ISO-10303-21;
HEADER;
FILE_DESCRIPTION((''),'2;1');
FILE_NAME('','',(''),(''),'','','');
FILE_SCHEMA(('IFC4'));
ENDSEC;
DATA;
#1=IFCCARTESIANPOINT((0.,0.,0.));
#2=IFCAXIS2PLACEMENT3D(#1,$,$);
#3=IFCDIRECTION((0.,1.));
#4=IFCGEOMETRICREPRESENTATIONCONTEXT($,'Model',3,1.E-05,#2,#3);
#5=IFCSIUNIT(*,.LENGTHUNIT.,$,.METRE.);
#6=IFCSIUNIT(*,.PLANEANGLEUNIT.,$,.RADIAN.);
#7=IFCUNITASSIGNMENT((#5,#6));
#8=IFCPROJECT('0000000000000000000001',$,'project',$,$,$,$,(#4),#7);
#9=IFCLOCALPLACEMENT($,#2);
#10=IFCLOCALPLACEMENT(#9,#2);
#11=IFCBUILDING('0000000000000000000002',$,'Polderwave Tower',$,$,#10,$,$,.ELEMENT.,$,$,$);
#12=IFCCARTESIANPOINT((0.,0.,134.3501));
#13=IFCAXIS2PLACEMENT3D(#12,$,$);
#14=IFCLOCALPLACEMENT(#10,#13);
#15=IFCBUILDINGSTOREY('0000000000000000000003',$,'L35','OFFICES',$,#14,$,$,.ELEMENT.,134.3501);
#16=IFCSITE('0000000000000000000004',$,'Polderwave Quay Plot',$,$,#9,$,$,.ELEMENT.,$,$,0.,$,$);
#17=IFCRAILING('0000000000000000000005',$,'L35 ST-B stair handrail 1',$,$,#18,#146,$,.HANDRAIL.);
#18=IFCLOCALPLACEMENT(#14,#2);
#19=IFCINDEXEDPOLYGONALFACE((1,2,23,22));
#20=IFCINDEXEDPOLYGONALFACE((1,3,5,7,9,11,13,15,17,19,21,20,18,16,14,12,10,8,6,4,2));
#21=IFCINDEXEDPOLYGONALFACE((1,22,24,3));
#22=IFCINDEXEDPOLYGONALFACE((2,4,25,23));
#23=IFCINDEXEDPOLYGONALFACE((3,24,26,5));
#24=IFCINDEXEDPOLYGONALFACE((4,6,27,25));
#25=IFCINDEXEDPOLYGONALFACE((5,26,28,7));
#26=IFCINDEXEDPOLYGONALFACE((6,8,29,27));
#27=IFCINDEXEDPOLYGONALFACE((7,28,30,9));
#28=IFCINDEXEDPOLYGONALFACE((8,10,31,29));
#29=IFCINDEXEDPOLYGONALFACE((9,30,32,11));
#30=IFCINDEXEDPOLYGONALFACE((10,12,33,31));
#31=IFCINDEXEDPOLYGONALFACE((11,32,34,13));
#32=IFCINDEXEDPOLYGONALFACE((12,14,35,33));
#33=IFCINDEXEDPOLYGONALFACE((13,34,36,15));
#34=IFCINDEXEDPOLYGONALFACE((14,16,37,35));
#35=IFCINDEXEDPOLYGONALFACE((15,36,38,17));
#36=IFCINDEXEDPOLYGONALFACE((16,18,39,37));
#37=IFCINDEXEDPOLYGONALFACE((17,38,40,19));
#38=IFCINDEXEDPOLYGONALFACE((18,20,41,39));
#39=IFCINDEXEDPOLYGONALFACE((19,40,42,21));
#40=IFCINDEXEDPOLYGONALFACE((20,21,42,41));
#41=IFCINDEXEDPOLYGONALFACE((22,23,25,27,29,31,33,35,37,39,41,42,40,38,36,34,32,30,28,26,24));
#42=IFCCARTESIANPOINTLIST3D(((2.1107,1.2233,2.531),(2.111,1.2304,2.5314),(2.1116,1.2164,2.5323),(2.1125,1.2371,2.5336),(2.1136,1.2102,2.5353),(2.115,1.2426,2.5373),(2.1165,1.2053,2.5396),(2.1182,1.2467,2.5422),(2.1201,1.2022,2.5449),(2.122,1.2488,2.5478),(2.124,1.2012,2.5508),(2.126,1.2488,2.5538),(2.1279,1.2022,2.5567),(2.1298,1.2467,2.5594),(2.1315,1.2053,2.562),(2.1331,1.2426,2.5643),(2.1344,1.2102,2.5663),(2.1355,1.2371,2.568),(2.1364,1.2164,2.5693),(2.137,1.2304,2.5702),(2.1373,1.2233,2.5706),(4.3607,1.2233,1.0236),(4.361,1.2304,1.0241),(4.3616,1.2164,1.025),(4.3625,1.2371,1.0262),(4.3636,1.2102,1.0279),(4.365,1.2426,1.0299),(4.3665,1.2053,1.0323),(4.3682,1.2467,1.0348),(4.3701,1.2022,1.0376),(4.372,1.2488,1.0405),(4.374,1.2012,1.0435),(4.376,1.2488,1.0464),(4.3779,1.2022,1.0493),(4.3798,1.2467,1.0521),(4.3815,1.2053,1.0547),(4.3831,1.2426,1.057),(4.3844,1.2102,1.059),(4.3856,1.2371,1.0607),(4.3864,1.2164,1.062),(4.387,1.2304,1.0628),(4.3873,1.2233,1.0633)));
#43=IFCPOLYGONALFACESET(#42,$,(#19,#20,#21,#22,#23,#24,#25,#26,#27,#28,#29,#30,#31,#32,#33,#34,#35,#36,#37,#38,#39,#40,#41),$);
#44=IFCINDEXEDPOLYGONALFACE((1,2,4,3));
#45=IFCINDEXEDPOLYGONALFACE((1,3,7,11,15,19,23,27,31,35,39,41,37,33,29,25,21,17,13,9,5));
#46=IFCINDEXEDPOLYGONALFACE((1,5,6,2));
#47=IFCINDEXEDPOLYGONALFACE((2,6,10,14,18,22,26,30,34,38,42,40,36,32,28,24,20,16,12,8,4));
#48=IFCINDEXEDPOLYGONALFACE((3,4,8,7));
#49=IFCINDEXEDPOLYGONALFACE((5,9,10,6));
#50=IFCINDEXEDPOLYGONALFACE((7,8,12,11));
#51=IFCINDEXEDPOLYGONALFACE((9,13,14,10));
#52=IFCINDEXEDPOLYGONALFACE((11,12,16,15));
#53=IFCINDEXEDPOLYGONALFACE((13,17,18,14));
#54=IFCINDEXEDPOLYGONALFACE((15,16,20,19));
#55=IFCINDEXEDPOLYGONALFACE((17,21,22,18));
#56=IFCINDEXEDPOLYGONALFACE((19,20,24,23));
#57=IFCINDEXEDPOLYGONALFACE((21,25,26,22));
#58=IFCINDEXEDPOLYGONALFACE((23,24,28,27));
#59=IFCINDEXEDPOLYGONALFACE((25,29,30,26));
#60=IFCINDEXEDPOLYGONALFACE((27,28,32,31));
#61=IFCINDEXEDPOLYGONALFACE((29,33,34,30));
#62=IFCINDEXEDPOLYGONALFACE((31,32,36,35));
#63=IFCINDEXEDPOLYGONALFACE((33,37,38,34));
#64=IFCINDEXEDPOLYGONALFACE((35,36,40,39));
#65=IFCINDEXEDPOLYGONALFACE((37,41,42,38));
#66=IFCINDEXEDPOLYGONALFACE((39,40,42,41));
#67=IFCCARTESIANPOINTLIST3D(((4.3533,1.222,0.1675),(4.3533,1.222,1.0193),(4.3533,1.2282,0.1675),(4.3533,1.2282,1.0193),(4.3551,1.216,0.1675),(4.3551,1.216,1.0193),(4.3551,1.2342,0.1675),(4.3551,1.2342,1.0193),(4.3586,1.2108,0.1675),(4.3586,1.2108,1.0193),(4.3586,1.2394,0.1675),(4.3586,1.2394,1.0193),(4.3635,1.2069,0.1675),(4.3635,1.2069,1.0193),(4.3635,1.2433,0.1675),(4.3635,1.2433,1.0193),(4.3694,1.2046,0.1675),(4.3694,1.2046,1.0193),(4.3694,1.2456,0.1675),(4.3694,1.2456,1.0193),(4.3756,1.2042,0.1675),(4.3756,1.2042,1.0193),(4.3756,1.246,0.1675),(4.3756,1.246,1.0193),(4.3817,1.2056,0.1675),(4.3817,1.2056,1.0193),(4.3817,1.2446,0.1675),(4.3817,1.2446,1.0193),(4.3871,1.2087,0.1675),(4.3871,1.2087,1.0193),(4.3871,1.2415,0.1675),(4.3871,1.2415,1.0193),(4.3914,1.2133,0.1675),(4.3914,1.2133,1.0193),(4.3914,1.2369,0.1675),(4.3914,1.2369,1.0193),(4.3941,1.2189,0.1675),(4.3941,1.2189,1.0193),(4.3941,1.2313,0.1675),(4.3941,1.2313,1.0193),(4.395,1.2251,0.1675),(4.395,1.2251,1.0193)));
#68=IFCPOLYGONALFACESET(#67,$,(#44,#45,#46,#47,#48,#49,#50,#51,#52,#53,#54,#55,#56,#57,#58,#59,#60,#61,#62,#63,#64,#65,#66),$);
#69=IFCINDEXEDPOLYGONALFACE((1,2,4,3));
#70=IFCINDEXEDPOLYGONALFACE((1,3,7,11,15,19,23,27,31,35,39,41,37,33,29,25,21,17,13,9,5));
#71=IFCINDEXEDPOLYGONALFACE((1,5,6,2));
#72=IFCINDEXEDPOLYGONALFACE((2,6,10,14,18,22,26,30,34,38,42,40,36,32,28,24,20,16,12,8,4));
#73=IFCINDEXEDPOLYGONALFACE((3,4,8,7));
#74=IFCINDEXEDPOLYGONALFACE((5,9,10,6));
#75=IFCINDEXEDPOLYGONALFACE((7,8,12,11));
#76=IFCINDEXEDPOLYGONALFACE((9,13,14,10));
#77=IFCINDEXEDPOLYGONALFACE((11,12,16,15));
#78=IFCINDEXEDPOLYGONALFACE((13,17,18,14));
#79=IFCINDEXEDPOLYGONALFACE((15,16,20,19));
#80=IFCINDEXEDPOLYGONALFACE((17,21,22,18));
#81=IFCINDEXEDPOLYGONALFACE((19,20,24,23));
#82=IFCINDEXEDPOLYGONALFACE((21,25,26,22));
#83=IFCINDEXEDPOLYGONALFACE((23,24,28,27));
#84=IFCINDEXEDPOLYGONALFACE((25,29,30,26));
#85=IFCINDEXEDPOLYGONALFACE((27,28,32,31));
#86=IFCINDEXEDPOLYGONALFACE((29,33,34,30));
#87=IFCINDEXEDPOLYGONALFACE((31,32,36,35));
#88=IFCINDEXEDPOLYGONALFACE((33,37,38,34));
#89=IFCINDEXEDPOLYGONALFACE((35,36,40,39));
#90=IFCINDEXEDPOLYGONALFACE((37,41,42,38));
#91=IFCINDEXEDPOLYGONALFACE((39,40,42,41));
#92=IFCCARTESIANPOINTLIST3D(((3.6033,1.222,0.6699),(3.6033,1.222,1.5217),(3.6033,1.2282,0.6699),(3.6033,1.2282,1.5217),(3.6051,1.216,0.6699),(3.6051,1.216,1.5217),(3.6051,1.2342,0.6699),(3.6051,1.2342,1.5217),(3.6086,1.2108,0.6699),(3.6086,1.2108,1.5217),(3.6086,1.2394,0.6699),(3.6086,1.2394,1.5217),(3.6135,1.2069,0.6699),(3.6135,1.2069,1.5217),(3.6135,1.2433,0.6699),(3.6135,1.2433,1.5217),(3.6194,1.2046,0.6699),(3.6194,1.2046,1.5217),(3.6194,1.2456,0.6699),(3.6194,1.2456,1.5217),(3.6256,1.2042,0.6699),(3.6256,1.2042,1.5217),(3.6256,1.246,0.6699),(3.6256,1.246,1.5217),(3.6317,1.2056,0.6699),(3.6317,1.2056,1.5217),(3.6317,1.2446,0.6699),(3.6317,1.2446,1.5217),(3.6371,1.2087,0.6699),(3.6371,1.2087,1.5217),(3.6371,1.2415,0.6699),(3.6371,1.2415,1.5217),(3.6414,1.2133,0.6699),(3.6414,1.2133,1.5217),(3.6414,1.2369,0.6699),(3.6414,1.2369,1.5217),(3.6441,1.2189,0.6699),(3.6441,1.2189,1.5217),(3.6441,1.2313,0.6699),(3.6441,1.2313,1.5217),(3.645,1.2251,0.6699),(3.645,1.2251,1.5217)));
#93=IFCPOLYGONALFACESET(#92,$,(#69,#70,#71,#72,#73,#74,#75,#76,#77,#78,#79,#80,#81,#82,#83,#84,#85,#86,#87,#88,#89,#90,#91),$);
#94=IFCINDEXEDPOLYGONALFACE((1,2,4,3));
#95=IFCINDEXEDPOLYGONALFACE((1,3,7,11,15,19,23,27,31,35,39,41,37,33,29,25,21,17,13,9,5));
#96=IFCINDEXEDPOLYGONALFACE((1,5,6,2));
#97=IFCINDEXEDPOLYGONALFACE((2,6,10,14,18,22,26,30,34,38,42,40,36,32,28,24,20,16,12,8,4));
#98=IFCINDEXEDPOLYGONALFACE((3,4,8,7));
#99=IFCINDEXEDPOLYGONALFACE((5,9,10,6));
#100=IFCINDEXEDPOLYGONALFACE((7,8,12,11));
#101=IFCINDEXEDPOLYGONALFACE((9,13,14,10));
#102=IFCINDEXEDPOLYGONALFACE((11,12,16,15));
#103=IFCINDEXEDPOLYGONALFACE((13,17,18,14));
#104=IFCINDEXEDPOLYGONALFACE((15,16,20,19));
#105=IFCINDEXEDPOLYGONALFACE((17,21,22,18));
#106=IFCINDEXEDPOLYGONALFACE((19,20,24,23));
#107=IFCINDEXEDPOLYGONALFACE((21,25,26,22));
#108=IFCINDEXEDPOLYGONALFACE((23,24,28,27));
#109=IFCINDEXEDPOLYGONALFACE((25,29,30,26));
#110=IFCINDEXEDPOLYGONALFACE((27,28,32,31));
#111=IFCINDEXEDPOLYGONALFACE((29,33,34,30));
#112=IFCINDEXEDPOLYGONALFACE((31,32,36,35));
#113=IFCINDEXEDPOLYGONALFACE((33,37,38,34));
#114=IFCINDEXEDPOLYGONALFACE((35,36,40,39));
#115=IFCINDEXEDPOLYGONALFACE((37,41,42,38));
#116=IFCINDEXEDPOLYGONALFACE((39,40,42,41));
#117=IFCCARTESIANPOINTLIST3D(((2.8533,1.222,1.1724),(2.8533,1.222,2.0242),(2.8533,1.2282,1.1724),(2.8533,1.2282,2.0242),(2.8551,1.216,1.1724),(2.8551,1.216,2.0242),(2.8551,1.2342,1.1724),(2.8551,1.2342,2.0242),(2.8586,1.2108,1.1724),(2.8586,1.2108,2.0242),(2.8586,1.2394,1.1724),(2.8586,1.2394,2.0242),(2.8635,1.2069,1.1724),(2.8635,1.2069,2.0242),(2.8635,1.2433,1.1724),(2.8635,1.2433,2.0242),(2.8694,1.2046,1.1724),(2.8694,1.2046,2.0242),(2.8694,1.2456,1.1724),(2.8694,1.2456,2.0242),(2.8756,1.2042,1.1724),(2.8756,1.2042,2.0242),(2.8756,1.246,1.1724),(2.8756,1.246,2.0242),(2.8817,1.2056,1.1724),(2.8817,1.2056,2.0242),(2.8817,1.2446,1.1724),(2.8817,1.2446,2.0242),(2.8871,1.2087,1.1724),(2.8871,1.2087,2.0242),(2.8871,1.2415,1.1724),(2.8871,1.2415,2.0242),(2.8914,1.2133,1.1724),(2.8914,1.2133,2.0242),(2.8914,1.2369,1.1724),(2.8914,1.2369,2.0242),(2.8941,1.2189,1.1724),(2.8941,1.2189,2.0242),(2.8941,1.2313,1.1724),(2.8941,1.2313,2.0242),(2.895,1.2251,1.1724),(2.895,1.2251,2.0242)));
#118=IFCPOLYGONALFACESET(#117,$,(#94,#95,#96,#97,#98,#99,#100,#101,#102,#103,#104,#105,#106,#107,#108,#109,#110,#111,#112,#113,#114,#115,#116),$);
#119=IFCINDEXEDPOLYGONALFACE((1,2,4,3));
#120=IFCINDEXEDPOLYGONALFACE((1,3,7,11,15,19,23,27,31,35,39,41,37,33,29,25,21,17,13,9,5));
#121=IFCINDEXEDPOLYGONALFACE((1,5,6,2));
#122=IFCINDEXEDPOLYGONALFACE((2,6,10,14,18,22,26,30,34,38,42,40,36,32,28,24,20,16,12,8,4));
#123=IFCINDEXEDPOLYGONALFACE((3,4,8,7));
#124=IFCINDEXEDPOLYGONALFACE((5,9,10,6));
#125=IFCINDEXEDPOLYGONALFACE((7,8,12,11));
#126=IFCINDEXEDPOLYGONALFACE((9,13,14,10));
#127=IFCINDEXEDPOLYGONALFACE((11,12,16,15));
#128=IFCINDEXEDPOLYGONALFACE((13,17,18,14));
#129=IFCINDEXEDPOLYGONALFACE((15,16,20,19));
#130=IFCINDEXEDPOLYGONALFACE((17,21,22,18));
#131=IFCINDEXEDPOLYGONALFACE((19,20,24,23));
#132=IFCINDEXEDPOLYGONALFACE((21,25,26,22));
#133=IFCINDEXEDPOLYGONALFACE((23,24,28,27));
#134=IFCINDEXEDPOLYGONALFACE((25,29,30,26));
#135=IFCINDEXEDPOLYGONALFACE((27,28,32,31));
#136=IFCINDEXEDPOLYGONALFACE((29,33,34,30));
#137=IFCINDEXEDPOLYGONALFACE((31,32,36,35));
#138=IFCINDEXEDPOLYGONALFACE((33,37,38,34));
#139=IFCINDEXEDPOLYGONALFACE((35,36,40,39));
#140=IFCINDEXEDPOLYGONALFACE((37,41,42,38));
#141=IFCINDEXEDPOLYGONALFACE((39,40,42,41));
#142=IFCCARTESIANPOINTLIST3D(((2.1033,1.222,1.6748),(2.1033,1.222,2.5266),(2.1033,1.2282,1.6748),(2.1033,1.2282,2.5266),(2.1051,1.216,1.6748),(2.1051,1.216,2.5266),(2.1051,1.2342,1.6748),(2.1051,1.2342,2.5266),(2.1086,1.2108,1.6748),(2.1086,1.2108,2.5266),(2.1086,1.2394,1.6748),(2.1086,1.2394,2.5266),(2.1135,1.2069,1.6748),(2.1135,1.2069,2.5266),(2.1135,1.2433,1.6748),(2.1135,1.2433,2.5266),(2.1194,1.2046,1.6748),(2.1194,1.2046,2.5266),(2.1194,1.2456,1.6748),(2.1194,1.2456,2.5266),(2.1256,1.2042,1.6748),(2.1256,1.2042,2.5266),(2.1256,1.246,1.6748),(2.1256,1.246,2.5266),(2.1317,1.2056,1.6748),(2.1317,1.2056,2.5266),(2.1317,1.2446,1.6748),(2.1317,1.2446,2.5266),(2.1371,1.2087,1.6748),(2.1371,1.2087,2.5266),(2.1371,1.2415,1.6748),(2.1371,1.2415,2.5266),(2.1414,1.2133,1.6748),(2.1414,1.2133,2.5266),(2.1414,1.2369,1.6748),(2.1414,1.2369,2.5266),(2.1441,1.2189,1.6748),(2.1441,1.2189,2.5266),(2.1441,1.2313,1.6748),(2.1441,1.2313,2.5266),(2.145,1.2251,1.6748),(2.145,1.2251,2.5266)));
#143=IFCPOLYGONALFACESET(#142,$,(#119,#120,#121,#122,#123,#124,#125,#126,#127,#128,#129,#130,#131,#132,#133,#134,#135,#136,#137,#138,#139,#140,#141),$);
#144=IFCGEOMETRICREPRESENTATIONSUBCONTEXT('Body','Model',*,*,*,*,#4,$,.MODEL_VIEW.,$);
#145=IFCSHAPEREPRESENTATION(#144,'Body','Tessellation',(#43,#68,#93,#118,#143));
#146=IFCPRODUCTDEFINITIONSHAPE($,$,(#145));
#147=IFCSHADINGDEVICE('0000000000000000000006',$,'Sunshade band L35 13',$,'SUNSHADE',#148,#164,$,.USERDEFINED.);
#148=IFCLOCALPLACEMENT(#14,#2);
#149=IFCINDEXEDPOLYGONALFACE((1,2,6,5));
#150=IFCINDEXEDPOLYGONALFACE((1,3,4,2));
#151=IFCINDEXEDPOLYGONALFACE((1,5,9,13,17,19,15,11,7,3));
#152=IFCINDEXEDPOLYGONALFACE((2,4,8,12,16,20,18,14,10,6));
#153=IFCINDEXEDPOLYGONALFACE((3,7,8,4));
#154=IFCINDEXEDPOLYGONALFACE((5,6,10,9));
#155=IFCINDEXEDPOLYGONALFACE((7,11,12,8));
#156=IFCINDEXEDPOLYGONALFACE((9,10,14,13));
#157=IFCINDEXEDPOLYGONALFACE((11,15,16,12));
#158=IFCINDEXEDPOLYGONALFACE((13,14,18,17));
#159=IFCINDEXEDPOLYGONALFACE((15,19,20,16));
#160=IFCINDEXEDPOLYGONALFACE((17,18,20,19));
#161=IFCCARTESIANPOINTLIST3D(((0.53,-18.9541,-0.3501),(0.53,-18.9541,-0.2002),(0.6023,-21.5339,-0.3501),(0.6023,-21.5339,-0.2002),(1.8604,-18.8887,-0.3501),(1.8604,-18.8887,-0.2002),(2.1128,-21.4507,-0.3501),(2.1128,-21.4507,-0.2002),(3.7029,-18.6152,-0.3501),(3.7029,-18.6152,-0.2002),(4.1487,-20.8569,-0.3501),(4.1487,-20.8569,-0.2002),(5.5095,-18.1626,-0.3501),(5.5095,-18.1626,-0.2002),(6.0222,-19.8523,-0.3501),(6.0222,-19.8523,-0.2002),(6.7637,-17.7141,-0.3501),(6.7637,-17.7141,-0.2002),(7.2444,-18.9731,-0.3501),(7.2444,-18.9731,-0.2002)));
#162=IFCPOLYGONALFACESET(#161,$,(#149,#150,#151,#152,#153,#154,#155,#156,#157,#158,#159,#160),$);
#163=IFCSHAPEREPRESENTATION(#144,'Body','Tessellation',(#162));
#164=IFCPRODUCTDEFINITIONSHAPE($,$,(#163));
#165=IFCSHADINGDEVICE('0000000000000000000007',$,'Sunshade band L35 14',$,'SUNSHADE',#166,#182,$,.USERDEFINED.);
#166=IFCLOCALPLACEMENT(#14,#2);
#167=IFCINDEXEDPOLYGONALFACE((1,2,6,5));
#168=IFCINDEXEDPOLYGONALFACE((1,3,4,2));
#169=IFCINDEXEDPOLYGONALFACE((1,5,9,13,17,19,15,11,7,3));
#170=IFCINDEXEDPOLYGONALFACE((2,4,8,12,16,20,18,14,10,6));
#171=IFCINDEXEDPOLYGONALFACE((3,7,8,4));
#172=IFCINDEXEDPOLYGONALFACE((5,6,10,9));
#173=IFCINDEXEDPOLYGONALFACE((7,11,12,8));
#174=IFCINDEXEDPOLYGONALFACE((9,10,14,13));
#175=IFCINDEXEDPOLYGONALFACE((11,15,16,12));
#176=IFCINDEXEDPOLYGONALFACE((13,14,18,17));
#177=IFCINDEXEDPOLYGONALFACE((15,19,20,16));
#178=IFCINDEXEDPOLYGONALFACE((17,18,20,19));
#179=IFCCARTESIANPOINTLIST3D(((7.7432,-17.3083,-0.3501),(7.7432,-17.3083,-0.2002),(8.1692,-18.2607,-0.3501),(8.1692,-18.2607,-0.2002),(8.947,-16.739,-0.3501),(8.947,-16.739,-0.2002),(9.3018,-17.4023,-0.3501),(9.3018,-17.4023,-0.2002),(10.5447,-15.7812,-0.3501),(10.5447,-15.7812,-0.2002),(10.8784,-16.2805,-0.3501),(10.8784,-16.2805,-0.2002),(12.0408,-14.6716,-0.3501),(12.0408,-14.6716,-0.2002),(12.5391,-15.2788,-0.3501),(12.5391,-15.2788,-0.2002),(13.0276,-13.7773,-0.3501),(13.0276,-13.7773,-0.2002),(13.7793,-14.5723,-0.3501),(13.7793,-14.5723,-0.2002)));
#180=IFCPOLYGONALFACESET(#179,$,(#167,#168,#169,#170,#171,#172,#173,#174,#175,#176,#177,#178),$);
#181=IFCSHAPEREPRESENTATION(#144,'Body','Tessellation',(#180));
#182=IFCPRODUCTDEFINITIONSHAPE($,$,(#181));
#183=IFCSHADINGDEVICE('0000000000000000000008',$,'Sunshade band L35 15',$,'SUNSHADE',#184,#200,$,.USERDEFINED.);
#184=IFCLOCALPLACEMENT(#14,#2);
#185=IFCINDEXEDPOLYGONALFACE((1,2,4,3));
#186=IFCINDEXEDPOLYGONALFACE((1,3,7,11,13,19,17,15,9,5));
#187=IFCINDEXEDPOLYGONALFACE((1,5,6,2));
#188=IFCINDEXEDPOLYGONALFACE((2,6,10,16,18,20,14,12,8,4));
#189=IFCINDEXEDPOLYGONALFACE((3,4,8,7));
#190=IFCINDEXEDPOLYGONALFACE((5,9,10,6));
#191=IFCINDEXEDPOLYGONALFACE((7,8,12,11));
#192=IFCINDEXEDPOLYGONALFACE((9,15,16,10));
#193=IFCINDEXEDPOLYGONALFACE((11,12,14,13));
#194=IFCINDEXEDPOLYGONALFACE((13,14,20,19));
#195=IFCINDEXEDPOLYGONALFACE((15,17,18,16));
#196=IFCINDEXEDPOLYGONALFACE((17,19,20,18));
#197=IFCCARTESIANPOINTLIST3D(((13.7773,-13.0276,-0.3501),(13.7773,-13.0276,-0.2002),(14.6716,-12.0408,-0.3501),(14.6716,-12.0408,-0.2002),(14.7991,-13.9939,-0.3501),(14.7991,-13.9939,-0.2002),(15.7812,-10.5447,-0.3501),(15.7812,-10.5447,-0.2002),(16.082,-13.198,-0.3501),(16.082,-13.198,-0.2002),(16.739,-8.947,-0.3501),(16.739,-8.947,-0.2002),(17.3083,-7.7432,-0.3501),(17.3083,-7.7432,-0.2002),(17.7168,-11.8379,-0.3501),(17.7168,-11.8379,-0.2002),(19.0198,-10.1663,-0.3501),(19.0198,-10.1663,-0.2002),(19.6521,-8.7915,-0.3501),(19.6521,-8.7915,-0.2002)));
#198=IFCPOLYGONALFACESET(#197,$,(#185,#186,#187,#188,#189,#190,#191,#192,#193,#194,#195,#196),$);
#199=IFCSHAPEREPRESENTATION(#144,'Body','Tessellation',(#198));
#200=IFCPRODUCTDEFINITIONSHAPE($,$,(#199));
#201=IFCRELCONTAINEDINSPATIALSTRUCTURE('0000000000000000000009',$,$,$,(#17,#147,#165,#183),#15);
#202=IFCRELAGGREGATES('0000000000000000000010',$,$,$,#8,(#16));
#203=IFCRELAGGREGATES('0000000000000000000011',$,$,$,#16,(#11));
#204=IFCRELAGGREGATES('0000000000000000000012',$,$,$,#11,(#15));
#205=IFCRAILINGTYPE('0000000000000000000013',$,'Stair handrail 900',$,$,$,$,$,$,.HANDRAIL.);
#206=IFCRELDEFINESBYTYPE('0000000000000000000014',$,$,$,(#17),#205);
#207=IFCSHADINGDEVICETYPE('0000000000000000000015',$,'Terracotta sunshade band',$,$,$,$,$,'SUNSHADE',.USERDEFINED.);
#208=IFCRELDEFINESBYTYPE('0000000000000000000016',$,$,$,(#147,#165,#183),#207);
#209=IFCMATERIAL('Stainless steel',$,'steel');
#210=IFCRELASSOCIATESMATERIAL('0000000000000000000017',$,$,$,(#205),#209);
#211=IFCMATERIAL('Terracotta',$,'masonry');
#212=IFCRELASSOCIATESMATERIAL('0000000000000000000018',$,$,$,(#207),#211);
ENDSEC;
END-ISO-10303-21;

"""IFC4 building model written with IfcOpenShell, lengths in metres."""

from ifc_helpers import new_model, si_unit, direction, frame, origin, origin_2d, place, context, subcontext, project, spatial, polyline, circle, outline, extrude, material, type_object, element, save


model = new_model("IFC4")

# Units and contexts
model_context = context("Model", 3, precision=1e-05, world=origin(), true_north=direction((0.0, 1.0)))
body_context = subcontext(model_context, "Body", "Model", "MODEL_VIEW")
ifc_project = project(units=[si_unit("LENGTHUNIT", "METRE"), si_unit("PLANEANGLEUNIT", "RADIAN")], contexts=[model_context])

# Site, building, storey
site_placement = place(None, origin())
site = spatial("IfcSite", under=ifc_project, at=site_placement, Name="Polderwave Quay Plot", CompositionType="ELEMENT", RefElevation=0.0)
building_placement = place(site_placement, origin())
building = spatial("IfcBuilding", under=site, at=building_placement, Name="Polderwave Tower", CompositionType="ELEMENT")
storey_placement = place(building_placement, frame((0.0, 0.0, 134.3501)))
storey = spatial("IfcBuildingStorey", under=building, at=storey_placement, Name="L35", Description="OFFICES", CompositionType="ELEMENT", Elevation=134.3501)

# Shared definitions
ifc_material_1 = material(Name="Stainless steel", Category="steel")

# Railing
railing_type_1 = type_object("IfcRailingType", Name="Stair handrail 900", PredefinedType="HANDRAIL", material=ifc_material_1)
railing_1_placement = place(storey_placement, frame((4.374, 1.2251, 0.1675)))
element("IfcRailing", 1, at=railing_1_placement, inside=storey, type_object=railing_type_1, Name="L35 ST-B stair handrail 1", PredefinedType="HANDRAIL", context=body_context, shape_type="SweptSolid", body=[
    extrude(circle(Radius=0.0239, at=origin_2d()), frame((0.0, 0.0, 0.876), z_axis=(-0.8308, 0.0, 0.556571), x_axis=(0.0, -1.0, 0.0)), (0.0, 0.0, 1.0), 2.7083),
    extrude(circle(Radius=0.021, at=origin_2d()), origin(), (0.0, 0.0, 1.0), 0.8518),
    extrude(circle(Radius=0.021, at=origin_2d()), frame((-0.75, 0.0, 0.5024)), (0.0, 0.0, 1.0), 0.8518),
    extrude(circle(Radius=0.021, at=origin_2d()), frame((-1.5, 0.0, 1.0049)), (0.0, 0.0, 1.0), 0.8518),
    extrude(circle(Radius=0.021, at=origin_2d()), frame((-2.25, 0.0, 1.5073)), (0.0, 0.0, 1.0), 0.8518),
])

# Shading devices
ifc_material_2 = material(Name="Terracotta", Category="masonry")
shading_device_type = type_object("IfcShadingDeviceType", Name="Terracotta sunshade band", ElementType="SUNSHADE", PredefinedType="USERDEFINED", material=ifc_material_2)
shading_device_1_placement = place(storey_placement, frame((0.0, 0.0, -0.3501)))
element("IfcShadingDevice", 2, at=shading_device_1_placement, inside=storey, type_object=shading_device_type, Name="Sunshade band L35 13", ObjectType="SUNSHADE", PredefinedType="USERDEFINED", context=body_context, shape_type="SweptSolid", body=[
    extrude(outline(polyline([(0.53, -18.9541), (1.8604, -18.8887), (3.7029, -18.6152), (5.5095, -18.1626), (6.7637, -17.7141), (7.2444, -18.9731), (6.0222, -19.8523), (4.1487, -20.8569), (2.1128, -21.4507), (0.6023, -21.5339), (0.53, -18.9541)])), origin(), (0.0, 0.0, 1.0), 0.1499),
])
shading_device_2_placement = place(storey_placement, frame((0.0, 0.0, -0.3501)))
element("IfcShadingDevice", 3, at=shading_device_2_placement, inside=storey, type_object=shading_device_type, Name="Sunshade band L35 14", ObjectType="SUNSHADE", PredefinedType="USERDEFINED", context=body_context, shape_type="SweptSolid", body=[
    extrude(outline(polyline([(7.7432, -17.3083), (8.947, -16.739), (10.5447, -15.7812), (12.0408, -14.6716), (13.0276, -13.7773), (13.7793, -14.5723), (12.5391, -15.2788), (10.8784, -16.2805), (9.3018, -17.4023), (8.1692, -18.2607), (7.7432, -17.3083)])), origin(), (0.0, 0.0, 1.0), 0.1499),
])
shading_device_3_placement = place(storey_placement, frame((0.0, 0.0, -0.3501)))
element("IfcShadingDevice", 4, at=shading_device_3_placement, inside=storey, type_object=shading_device_type, Name="Sunshade band L35 15", ObjectType="SUNSHADE", PredefinedType="USERDEFINED", context=body_context, shape_type="SweptSolid", body=[
    extrude(outline(polyline([(13.7773, -13.0276), (14.6716, -12.0408), (15.7812, -10.5447), (16.739, -8.947), (17.3083, -7.7432), (19.6521, -8.7915), (19.0198, -10.1663), (17.7168, -11.8379), (16.082, -13.198), (14.7991, -13.9939), (13.7773, -13.0276)])), origin(), (0.0, 0.0, 1.0), 0.1499),
])

save(model, "model.ifc")
